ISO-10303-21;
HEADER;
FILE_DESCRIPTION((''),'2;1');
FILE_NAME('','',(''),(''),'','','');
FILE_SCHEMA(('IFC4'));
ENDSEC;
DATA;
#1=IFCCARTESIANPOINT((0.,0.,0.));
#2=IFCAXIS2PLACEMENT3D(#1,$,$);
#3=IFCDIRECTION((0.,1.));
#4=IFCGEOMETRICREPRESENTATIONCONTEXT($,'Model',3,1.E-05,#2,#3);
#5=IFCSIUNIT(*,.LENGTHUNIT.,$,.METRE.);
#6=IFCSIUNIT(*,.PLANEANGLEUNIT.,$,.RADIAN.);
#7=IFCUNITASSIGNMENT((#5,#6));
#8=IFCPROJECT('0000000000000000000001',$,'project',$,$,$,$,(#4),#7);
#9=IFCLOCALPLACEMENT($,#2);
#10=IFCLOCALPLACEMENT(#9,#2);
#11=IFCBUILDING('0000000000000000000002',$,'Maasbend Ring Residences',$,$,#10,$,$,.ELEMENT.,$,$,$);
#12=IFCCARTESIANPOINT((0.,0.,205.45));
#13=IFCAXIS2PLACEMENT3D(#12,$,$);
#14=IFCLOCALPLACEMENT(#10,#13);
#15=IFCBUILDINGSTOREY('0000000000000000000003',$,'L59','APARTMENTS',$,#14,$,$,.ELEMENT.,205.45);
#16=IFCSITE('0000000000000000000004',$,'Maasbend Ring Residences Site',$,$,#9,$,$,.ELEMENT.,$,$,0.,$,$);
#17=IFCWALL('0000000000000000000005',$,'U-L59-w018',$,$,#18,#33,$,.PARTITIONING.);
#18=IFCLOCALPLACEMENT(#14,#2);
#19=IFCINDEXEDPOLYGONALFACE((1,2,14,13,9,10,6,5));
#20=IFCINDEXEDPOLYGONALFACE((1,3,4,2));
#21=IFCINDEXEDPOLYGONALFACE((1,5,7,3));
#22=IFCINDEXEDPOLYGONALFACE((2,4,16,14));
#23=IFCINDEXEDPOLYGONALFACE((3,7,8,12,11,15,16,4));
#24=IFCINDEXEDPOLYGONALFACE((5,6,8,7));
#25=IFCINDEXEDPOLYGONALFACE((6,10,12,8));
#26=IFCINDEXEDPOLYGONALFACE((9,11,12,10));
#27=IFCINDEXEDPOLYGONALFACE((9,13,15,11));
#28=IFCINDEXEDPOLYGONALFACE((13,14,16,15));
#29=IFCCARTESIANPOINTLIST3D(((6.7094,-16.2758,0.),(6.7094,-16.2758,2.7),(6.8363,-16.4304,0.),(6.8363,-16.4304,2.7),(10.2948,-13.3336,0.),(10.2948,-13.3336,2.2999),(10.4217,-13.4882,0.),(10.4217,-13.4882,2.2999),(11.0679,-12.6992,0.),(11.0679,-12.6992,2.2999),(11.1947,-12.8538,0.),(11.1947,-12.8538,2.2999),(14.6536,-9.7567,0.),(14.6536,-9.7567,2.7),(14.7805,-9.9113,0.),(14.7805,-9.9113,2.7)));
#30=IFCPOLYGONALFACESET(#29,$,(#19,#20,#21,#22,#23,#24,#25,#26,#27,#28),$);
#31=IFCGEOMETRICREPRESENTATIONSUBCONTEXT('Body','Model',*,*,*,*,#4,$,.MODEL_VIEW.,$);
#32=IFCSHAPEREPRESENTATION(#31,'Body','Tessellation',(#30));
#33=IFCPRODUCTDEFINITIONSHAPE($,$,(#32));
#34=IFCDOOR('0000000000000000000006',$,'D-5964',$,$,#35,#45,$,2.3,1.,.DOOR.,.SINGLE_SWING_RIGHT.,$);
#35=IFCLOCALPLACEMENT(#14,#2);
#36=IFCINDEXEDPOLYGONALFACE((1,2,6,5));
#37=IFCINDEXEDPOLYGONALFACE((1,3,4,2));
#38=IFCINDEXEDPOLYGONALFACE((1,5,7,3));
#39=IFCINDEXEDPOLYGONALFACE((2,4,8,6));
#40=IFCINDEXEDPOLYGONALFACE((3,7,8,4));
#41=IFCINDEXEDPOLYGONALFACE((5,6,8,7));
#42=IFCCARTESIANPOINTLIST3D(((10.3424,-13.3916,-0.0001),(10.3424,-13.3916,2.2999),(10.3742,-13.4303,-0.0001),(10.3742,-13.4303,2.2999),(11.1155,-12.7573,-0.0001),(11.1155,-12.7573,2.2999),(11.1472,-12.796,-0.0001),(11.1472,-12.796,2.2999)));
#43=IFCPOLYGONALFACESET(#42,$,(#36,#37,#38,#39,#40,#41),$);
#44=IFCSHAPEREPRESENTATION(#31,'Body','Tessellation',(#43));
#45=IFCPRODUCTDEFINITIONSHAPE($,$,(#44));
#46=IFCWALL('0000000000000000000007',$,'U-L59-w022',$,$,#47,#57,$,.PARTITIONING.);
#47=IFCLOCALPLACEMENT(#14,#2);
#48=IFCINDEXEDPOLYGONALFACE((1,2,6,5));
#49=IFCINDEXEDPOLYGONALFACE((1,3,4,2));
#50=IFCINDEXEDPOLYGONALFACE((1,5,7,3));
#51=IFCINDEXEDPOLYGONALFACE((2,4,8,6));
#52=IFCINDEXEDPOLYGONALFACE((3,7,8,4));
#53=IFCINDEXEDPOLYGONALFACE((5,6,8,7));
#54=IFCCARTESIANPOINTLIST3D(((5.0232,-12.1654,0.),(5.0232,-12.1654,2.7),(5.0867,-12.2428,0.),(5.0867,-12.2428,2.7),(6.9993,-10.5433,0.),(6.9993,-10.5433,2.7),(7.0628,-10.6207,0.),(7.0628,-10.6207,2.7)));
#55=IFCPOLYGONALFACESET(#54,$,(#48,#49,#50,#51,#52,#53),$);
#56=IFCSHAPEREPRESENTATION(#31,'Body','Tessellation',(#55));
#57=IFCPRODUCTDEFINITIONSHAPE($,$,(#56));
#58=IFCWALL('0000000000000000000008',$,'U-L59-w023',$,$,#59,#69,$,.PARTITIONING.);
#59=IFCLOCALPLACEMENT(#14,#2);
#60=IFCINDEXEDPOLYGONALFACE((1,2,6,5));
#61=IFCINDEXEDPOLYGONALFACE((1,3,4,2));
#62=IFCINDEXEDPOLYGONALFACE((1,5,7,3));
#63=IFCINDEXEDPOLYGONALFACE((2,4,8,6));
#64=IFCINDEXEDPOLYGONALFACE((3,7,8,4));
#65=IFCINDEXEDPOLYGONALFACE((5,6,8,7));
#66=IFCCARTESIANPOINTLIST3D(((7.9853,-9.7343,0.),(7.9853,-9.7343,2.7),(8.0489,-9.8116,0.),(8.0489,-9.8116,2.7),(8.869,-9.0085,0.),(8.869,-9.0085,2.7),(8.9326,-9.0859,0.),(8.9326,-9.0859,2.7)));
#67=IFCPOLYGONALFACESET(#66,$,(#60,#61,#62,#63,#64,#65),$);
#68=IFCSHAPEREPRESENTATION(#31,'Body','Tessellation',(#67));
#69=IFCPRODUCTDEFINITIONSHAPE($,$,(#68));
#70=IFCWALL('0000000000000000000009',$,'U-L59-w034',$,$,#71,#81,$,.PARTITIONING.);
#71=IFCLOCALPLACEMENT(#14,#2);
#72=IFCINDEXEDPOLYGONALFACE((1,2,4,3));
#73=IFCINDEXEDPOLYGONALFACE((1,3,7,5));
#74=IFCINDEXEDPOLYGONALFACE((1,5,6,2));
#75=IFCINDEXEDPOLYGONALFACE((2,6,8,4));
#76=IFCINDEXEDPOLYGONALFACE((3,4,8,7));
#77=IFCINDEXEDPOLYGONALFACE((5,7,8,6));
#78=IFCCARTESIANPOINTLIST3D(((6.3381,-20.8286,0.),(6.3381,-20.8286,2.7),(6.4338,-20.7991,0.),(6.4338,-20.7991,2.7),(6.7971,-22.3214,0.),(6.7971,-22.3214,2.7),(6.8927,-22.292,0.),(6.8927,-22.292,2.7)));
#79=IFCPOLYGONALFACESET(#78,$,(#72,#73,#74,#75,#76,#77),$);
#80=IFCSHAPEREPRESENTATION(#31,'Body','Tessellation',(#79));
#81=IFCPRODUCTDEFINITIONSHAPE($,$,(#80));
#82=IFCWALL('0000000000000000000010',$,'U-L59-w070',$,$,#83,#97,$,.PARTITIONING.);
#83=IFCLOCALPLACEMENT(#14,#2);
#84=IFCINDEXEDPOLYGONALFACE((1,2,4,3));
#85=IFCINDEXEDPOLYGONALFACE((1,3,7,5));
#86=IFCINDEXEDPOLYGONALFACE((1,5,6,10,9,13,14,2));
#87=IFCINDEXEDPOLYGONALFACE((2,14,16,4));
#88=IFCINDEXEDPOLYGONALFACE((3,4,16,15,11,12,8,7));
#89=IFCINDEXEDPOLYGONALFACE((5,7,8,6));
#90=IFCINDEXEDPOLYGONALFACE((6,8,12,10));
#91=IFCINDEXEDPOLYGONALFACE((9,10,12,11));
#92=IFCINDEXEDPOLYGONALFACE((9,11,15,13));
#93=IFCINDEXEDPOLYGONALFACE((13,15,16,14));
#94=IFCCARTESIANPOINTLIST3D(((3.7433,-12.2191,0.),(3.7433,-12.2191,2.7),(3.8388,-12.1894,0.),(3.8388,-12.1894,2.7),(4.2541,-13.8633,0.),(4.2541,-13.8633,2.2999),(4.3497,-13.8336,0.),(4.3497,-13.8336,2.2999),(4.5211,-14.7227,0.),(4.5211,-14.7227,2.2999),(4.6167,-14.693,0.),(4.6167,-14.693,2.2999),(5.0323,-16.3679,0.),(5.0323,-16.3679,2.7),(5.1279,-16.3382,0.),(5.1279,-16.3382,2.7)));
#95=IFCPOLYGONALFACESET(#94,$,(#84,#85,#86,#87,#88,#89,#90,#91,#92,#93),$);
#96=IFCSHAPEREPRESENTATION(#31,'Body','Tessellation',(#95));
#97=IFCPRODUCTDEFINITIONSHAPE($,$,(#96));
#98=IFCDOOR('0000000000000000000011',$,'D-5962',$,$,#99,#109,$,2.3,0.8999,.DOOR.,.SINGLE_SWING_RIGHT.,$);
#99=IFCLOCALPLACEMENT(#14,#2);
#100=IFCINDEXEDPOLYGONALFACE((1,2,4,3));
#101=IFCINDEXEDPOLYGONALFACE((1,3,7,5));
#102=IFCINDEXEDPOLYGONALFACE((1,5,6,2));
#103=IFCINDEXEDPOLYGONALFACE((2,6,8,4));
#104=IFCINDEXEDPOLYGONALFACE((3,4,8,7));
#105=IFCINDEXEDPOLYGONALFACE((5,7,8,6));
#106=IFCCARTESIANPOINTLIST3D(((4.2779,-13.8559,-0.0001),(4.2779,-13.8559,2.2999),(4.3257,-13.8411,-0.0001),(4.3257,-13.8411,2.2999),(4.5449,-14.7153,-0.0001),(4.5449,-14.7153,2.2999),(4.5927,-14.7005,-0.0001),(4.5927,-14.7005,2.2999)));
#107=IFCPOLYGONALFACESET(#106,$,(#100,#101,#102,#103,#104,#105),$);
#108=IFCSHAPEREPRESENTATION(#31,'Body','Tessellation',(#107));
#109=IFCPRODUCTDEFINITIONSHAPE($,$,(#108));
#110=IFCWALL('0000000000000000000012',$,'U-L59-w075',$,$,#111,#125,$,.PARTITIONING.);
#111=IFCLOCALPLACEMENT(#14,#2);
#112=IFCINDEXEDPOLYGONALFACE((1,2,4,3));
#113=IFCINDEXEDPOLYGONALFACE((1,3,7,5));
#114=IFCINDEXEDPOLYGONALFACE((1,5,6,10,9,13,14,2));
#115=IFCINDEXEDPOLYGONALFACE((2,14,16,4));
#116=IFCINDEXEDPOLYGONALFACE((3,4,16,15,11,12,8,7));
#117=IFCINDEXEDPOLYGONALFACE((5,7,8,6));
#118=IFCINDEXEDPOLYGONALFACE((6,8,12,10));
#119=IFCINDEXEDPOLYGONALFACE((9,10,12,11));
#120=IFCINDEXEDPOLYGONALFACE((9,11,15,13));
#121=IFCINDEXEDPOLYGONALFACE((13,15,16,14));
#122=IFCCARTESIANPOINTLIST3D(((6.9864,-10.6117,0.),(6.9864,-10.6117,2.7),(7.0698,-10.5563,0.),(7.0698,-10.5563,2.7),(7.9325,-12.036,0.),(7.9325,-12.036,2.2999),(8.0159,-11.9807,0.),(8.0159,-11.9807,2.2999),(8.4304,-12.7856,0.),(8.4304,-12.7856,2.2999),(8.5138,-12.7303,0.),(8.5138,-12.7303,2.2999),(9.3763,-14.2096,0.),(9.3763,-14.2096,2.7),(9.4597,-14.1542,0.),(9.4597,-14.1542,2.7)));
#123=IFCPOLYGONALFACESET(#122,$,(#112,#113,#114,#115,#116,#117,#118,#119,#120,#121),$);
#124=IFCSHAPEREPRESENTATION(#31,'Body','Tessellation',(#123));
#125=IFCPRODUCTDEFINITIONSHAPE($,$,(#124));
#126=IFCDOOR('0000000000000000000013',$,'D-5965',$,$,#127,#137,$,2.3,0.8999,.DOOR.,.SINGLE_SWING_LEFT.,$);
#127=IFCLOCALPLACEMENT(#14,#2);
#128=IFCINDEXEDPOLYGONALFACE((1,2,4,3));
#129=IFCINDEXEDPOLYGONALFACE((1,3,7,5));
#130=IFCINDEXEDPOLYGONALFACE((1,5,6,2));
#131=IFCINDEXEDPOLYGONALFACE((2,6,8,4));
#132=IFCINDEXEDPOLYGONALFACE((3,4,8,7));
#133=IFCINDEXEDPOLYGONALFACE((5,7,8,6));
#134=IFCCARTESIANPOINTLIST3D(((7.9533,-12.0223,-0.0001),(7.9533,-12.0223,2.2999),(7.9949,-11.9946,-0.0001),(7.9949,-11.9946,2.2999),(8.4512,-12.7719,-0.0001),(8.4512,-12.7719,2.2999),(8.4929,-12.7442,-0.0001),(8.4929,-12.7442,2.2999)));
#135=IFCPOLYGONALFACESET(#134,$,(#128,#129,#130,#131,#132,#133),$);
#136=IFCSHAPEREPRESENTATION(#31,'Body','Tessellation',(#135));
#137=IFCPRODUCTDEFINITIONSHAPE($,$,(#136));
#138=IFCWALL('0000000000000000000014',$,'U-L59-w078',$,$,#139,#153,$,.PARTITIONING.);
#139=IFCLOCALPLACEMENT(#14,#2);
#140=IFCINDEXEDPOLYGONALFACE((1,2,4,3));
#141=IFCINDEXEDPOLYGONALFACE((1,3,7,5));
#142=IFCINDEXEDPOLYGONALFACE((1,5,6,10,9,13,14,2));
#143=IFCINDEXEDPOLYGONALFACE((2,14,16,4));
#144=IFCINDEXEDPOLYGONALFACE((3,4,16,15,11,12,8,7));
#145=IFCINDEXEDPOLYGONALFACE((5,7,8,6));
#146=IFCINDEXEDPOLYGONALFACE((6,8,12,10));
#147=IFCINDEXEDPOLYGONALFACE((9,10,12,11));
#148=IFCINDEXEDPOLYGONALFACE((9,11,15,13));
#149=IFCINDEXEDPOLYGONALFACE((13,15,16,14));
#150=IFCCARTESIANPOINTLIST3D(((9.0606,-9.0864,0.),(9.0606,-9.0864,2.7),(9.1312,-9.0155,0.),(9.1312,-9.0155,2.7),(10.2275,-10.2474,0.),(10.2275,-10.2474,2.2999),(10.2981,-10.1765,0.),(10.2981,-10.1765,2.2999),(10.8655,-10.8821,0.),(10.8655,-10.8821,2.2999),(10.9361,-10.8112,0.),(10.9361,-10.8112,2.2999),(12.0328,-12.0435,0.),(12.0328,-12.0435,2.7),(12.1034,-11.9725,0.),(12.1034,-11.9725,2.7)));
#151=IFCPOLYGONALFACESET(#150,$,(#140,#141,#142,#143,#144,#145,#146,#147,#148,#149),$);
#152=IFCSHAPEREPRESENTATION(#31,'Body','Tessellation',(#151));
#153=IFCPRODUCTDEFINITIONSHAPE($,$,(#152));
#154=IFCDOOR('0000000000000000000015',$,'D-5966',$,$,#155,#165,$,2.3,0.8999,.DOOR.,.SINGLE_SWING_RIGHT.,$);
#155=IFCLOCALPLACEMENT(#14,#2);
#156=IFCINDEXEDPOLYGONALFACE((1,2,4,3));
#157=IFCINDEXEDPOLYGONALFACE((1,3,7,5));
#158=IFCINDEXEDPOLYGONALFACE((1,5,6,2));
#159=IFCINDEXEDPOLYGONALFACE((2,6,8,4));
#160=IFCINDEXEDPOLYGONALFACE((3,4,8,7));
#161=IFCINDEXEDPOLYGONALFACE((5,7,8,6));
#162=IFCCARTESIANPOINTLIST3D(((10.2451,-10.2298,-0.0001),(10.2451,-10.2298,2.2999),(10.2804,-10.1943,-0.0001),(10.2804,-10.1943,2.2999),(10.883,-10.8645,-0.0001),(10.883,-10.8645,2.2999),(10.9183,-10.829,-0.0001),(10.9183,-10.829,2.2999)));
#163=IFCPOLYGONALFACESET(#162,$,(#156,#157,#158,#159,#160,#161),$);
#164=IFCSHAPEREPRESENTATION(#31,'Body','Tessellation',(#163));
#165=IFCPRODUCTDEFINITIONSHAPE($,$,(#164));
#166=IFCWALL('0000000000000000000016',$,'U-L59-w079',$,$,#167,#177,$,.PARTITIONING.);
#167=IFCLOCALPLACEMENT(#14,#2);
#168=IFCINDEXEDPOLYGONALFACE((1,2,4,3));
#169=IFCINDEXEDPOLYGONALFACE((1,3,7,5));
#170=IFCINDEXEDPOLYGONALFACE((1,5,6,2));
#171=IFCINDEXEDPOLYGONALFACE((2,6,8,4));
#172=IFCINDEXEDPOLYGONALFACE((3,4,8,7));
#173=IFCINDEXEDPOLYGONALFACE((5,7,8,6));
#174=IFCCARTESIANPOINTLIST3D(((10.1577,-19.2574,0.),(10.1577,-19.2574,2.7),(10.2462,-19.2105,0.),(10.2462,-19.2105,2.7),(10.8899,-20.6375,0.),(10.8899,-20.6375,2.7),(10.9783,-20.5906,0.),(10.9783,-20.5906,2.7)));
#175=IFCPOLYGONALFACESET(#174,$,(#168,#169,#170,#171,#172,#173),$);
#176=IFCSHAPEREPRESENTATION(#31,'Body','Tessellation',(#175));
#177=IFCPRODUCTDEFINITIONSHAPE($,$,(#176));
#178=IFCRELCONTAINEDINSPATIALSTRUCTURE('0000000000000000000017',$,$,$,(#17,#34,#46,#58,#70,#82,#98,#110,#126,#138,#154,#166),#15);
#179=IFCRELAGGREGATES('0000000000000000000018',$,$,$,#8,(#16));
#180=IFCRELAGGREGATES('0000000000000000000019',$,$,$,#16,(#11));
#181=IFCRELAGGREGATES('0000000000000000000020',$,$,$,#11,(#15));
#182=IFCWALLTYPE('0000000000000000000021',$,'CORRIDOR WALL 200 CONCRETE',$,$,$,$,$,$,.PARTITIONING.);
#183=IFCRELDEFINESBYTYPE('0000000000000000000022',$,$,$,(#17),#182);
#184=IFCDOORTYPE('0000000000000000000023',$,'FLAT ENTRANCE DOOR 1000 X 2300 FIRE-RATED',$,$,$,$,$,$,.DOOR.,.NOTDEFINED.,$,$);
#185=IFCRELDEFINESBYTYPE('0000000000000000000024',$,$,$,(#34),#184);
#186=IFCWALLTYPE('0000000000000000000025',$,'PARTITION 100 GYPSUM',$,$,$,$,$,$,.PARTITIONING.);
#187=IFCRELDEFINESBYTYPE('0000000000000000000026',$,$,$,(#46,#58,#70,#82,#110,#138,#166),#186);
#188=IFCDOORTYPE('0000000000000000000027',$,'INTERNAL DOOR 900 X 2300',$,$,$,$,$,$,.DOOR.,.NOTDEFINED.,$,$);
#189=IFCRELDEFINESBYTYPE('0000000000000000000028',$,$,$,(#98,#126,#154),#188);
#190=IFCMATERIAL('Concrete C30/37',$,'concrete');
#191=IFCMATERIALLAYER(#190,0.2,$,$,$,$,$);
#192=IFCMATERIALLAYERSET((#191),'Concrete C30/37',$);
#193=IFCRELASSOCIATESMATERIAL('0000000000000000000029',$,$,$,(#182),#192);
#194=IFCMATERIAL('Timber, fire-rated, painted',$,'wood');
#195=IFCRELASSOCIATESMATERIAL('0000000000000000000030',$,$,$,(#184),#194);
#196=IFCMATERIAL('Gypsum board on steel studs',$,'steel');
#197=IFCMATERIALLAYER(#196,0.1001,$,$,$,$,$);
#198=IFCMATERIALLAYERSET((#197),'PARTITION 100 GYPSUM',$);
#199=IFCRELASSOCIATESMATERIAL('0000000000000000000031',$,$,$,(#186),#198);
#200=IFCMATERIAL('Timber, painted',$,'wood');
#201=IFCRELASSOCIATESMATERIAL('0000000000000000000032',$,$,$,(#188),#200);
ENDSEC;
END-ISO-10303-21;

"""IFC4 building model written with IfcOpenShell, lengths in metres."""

from ifc_helpers import new_model, si_unit, direction, frame, frame_2d, origin, place, context, subcontext, project, spatial, rectangle, extrude, material, layer, layer_set, type_object, element, fill, save


model = new_model("IFC4")

# Units and contexts
model_context = context("Model", 3, precision=1e-05, world=origin(), true_north=direction((0.0, 1.0)))
body_context = subcontext(model_context, "Body", "Model", "MODEL_VIEW")
ifc_project = project(units=[si_unit("LENGTHUNIT", "METRE"), si_unit("PLANEANGLEUNIT", "RADIAN")], contexts=[model_context])

# Site, building, storey
site_placement = place(None, origin())
site = spatial("IfcSite", under=ifc_project, at=site_placement, Name="Maasbend Ring Residences Site", CompositionType="ELEMENT", RefElevation=0.0)
building_placement = place(site_placement, origin())
building = spatial("IfcBuilding", under=site, at=building_placement, Name="Maasbend Ring Residences", CompositionType="ELEMENT")
storey_placement = place(building_placement, frame((0.0, 0.0, 205.45)))
storey = spatial("IfcBuildingStorey", under=building, at=storey_placement, Name="L59", Description="APARTMENTS", CompositionType="ELEMENT", Elevation=205.45)

# Wall, opening, door
ifc_material_1 = material(Name="Concrete C30/37", Category="concrete")
ifc_layer_1 = layer(ifc_material_1, 0.2)
ifc_layer_set_1 = layer_set([ifc_layer_1], Name="Concrete C30/37")
wall_type_1 = type_object("IfcWallType", Name="CORRIDOR WALL 200 CONCRETE", PredefinedType="PARTITIONING", material=ifc_layer_set_1)
ifc_material_2 = material(Name="Timber, fire-rated, painted", Category="wood")
door_type_1 = type_object("IfcDoorType", Name="FLAT ENTRANCE DOOR 1000 X 2300 FIRE-RATED", OperationType="NOTDEFINED", PredefinedType="DOOR", material=ifc_material_2)
wall_1_placement = place(storey_placement, frame((6.7729, -16.353, 0.0), z_axis=(0.0, 0.0, 1.0), x_axis=(0.773035, 0.634364, 0.0)))
wall_1 = element("IfcWall", 1, at=wall_1_placement, inside=storey, type_object=wall_type_1, Name="U-L59-w018", PredefinedType="PARTITIONING", context=body_context, shape_type="SweptSolid", body=[
    extrude(rectangle(XDim=10.2766, YDim=0.2, at=frame_2d((5.1382, 0.0))), origin(), (0.0, 0.0, 1.0), 2.7),
])
opening_1_placement = place(wall_1_placement, frame((4.6379, 0.0, 0.0)))
opening_1 = element("IfcOpeningElement", 2, at=opening_1_placement, cuts=wall_1, PredefinedType="OPENING", context=body_context, shape_type="SweptSolid", body=[
    extrude(rectangle(XDim=1.0, YDim=2.3, at=frame_2d((0.5, 1.1499))), frame((0.0, 0.1099, 0.0), z_axis=(0.0, -1.0, 0.0), x_axis=(1.0, 0.0, 0.0)), (0.0, 0.0, 1.0), 0.22),
])
door_1_placement = place(opening_1_placement, origin())
door_1 = element("IfcDoor", 3, at=door_1_placement, inside=storey, type_object=door_type_1, Name="D-5964", OperationType="SINGLE_SWING_RIGHT", OverallHeight=2.3, OverallWidth=1.0, PredefinedType="DOOR", context=body_context, shape_type="SweptSolid", body=[
    extrude(rectangle(XDim=1.0, YDim=2.3, at=frame_2d((0.5, 1.1499))), frame((0.0, 0.0249, 0.0), z_axis=(0.0, -1.0, 0.0), x_axis=(1.0, 0.0, 0.0)), (0.0, 0.0, 1.0), 0.05),
])
fill(opening_1, door_1)

# Walls
ifc_material_3 = material(Name="Gypsum board on steel studs", Category="steel")
ifc_layer_2 = layer(ifc_material_3, 0.1001)
ifc_layer_set_2 = layer_set([ifc_layer_2], Name="PARTITION 100 GYPSUM")
wall_type_2 = type_object("IfcWallType", Name="PARTITION 100 GYPSUM", PredefinedType="PARTITIONING", material=ifc_layer_set_2)
wall_2_placement = place(storey_placement, frame((5.0549, -12.2041, 0.0), z_axis=(0.0, 0.0, 1.0), x_axis=(0.772944, 0.634475, 0.0)))
element("IfcWall", 4, at=wall_2_placement, inside=storey, type_object=wall_type_2, Name="U-L59-w022", PredefinedType="PARTITIONING", context=body_context, shape_type="SweptSolid", body=[
    extrude(rectangle(XDim=2.5566, YDim=0.1001, at=frame_2d((1.2783, 0.0))), origin(), (0.0, 0.0, 1.0), 2.7),
])
wall_3_placement = place(storey_placement, frame((8.0171, -9.7729, 0.0), z_axis=(0.0, 0.0, 1.0), x_axis=(0.772786, 0.634667, 0.0)))
element("IfcWall", 5, at=wall_3_placement, inside=storey, type_object=wall_type_2, Name="U-L59-w023", PredefinedType="PARTITIONING", context=body_context, shape_type="SweptSolid", body=[
    extrude(rectangle(XDim=1.1436, YDim=0.1001, at=frame_2d((0.5718, 0.0))), origin(), (0.0, 0.0, 1.0), 2.7),
])
wall_4_placement = place(storey_placement, frame((6.386, -20.814, 0.0), z_axis=(0.0, 0.0, 1.0), x_axis=(0.293866, -0.955847, 0.0)))
element("IfcWall", 6, at=wall_4_placement, inside=storey, type_object=wall_type_2, Name="U-L59-w034", PredefinedType="PARTITIONING", context=body_context, shape_type="SweptSolid", body=[
    extrude(rectangle(XDim=1.5618, YDim=0.1001, at=frame_2d((0.7808, 0.0))), origin(), (0.0, 0.0, 1.0), 2.7),
])

# Walls, openings, doors
wall_5_placement = place(storey_placement, frame((3.791, -12.2041, 0.0), z_axis=(0.0, 0.0, 1.0), x_axis=(0.296707, -0.954969, 0.0)))
wall_5 = element("IfcWall", 7, at=wall_5_placement, inside=storey, type_object=wall_type_2, Name="U-L59-w070", PredefinedType="PARTITIONING", context=body_context, shape_type="SweptSolid", body=[
    extrude(rectangle(XDim=4.3445, YDim=0.1001, at=frame_2d((2.1724, 0.0))), origin(), (0.0, 0.0, 1.0), 2.7),
])
opening_2_placement = place(wall_5_placement, frame((1.7219, 0.0, 0.0)))
opening_2 = element("IfcOpeningElement", 8, at=opening_2_placement, cuts=wall_5, PredefinedType="OPENING", context=body_context, shape_type="SweptSolid", body=[
    extrude(rectangle(XDim=0.8999, YDim=2.3, at=frame_2d((0.45, 1.1499))), frame((0.0, 0.0601, 0.0), z_axis=(0.0, -1.0, 0.0), x_axis=(1.0, 0.0, 0.0)), (0.0, 0.0, 1.0), 0.1201),
])
ifc_material_4 = material(Name="Timber, painted", Category="wood")
door_type_2 = type_object("IfcDoorType", Name="INTERNAL DOOR 900 X 2300", OperationType="NOTDEFINED", PredefinedType="DOOR", material=ifc_material_4)
door_2_placement = place(opening_2_placement, origin())
door_2 = element("IfcDoor", 9, at=door_2_placement, inside=storey, type_object=door_type_2, Name="D-5962", OperationType="SINGLE_SWING_RIGHT", OverallHeight=2.3, OverallWidth=0.8999, PredefinedType="DOOR", context=body_context, shape_type="SweptSolid", body=[
    extrude(rectangle(XDim=0.8999, YDim=2.3, at=frame_2d((0.45, 1.1499))), frame((0.0, 0.0249, 0.0), z_axis=(0.0, -1.0, 0.0), x_axis=(1.0, 0.0, 0.0)), (0.0, 0.0, 1.0), 0.05),
])
fill(opening_2, door_2)
wall_6_placement = place(storey_placement, frame((7.0281, -10.584, 0.0), z_axis=(0.0, 0.0, 1.0), x_axis=(0.553304, -0.83298, 0.0)))
wall_6 = element("IfcWall", 10, at=wall_6_placement, inside=storey, type_object=wall_type_2, Name="U-L59-w075", PredefinedType="PARTITIONING", context=body_context, shape_type="SweptSolid", body=[
    extrude(rectangle(XDim=4.3193, YDim=0.1001, at=frame_2d((2.1597, 0.0))), origin(), (0.0, 0.0, 1.0), 2.7),
])
opening_3_placement = place(wall_6_placement, frame((1.71, 0.0, 0.0)))
opening_3 = element("IfcOpeningElement", 11, at=opening_3_placement, cuts=wall_6, PredefinedType="OPENING", context=body_context, shape_type="SweptSolid", body=[
    extrude(rectangle(XDim=0.8999, YDim=2.3, at=frame_2d((0.45, 1.1499))), frame((0.0, 0.0601, 0.0), z_axis=(0.0, -1.0, 0.0), x_axis=(1.0, 0.0, 0.0)), (0.0, 0.0, 1.0), 0.1201),
])
door_3_placement = place(opening_3_placement, origin())
door_3 = element("IfcDoor", 12, at=door_3_placement, inside=storey, type_object=door_type_2, Name="D-5965", OperationType="SINGLE_SWING_LEFT", OverallHeight=2.3, OverallWidth=0.8999, PredefinedType="DOOR", context=body_context, shape_type="SweptSolid", body=[
    extrude(rectangle(XDim=0.8999, YDim=2.3, at=frame_2d((0.45, 1.1499))), frame((0.0, 0.0249, 0.0), z_axis=(0.0, -1.0, 0.0), x_axis=(1.0, 0.0, 0.0)), (0.0, 0.0, 1.0), 0.05),
])
fill(opening_3, door_3)
wall_7_placement = place(storey_placement, frame((9.0959, -9.051, 0.0), z_axis=(0.0, 0.0, 1.0), x_axis=(0.70891, -0.705299, 0.0)))
wall_7 = element("IfcWall", 13, at=wall_7_placement, inside=storey, type_object=wall_type_2, Name="U-L59-w078", PredefinedType="PARTITIONING", context=body_context, shape_type="SweptSolid", body=[
    extrude(rectangle(XDim=4.1926, YDim=0.1001, at=frame_2d((2.0962, 0.0))), origin(), (0.0, 0.0, 1.0), 2.7),
])
opening_4_placement = place(wall_7_placement, frame((1.646, 0.0, 0.0)))
opening_4 = element("IfcOpeningElement", 14, at=opening_4_placement, cuts=wall_7, PredefinedType="OPENING", context=body_context, shape_type="SweptSolid", body=[
    extrude(rectangle(XDim=0.8999, YDim=2.3, at=frame_2d((0.45, 1.1499))), frame((0.0, 0.0601, 0.0), z_axis=(0.0, -1.0, 0.0), x_axis=(1.0, 0.0, 0.0)), (0.0, 0.0, 1.0), 0.1201),
])
door_4_placement = place(opening_4_placement, origin())
door_4 = element("IfcDoor", 15, at=door_4_placement, inside=storey, type_object=door_type_2, Name="D-5966", OperationType="SINGLE_SWING_RIGHT", OverallHeight=2.3, OverallWidth=0.8999, PredefinedType="DOOR", context=body_context, shape_type="SweptSolid", body=[
    extrude(rectangle(XDim=0.8999, YDim=2.3, at=frame_2d((0.45, 1.1499))), frame((0.0, 0.0249, 0.0), z_axis=(0.0, -1.0, 0.0), x_axis=(1.0, 0.0, 0.0)), (0.0, 0.0, 1.0), 0.05),
])
fill(opening_4, door_4)

# Wall
wall_8_placement = place(storey_placement, frame((10.2019, -19.2339, 0.0), z_axis=(0.0, 0.0, 1.0), x_axis=(0.468649, -0.883385, 0.0)))
element("IfcWall", 16, at=wall_8_placement, inside=storey, type_object=wall_type_2, Name="U-L59-w079", PredefinedType="PARTITIONING", context=body_context, shape_type="SweptSolid", body=[
    extrude(rectangle(XDim=1.5623, YDim=0.1001, at=frame_2d((0.7812, 0.0))), origin(), (0.0, 0.0, 1.0), 2.7),
])

save(model, "model.ifc")
